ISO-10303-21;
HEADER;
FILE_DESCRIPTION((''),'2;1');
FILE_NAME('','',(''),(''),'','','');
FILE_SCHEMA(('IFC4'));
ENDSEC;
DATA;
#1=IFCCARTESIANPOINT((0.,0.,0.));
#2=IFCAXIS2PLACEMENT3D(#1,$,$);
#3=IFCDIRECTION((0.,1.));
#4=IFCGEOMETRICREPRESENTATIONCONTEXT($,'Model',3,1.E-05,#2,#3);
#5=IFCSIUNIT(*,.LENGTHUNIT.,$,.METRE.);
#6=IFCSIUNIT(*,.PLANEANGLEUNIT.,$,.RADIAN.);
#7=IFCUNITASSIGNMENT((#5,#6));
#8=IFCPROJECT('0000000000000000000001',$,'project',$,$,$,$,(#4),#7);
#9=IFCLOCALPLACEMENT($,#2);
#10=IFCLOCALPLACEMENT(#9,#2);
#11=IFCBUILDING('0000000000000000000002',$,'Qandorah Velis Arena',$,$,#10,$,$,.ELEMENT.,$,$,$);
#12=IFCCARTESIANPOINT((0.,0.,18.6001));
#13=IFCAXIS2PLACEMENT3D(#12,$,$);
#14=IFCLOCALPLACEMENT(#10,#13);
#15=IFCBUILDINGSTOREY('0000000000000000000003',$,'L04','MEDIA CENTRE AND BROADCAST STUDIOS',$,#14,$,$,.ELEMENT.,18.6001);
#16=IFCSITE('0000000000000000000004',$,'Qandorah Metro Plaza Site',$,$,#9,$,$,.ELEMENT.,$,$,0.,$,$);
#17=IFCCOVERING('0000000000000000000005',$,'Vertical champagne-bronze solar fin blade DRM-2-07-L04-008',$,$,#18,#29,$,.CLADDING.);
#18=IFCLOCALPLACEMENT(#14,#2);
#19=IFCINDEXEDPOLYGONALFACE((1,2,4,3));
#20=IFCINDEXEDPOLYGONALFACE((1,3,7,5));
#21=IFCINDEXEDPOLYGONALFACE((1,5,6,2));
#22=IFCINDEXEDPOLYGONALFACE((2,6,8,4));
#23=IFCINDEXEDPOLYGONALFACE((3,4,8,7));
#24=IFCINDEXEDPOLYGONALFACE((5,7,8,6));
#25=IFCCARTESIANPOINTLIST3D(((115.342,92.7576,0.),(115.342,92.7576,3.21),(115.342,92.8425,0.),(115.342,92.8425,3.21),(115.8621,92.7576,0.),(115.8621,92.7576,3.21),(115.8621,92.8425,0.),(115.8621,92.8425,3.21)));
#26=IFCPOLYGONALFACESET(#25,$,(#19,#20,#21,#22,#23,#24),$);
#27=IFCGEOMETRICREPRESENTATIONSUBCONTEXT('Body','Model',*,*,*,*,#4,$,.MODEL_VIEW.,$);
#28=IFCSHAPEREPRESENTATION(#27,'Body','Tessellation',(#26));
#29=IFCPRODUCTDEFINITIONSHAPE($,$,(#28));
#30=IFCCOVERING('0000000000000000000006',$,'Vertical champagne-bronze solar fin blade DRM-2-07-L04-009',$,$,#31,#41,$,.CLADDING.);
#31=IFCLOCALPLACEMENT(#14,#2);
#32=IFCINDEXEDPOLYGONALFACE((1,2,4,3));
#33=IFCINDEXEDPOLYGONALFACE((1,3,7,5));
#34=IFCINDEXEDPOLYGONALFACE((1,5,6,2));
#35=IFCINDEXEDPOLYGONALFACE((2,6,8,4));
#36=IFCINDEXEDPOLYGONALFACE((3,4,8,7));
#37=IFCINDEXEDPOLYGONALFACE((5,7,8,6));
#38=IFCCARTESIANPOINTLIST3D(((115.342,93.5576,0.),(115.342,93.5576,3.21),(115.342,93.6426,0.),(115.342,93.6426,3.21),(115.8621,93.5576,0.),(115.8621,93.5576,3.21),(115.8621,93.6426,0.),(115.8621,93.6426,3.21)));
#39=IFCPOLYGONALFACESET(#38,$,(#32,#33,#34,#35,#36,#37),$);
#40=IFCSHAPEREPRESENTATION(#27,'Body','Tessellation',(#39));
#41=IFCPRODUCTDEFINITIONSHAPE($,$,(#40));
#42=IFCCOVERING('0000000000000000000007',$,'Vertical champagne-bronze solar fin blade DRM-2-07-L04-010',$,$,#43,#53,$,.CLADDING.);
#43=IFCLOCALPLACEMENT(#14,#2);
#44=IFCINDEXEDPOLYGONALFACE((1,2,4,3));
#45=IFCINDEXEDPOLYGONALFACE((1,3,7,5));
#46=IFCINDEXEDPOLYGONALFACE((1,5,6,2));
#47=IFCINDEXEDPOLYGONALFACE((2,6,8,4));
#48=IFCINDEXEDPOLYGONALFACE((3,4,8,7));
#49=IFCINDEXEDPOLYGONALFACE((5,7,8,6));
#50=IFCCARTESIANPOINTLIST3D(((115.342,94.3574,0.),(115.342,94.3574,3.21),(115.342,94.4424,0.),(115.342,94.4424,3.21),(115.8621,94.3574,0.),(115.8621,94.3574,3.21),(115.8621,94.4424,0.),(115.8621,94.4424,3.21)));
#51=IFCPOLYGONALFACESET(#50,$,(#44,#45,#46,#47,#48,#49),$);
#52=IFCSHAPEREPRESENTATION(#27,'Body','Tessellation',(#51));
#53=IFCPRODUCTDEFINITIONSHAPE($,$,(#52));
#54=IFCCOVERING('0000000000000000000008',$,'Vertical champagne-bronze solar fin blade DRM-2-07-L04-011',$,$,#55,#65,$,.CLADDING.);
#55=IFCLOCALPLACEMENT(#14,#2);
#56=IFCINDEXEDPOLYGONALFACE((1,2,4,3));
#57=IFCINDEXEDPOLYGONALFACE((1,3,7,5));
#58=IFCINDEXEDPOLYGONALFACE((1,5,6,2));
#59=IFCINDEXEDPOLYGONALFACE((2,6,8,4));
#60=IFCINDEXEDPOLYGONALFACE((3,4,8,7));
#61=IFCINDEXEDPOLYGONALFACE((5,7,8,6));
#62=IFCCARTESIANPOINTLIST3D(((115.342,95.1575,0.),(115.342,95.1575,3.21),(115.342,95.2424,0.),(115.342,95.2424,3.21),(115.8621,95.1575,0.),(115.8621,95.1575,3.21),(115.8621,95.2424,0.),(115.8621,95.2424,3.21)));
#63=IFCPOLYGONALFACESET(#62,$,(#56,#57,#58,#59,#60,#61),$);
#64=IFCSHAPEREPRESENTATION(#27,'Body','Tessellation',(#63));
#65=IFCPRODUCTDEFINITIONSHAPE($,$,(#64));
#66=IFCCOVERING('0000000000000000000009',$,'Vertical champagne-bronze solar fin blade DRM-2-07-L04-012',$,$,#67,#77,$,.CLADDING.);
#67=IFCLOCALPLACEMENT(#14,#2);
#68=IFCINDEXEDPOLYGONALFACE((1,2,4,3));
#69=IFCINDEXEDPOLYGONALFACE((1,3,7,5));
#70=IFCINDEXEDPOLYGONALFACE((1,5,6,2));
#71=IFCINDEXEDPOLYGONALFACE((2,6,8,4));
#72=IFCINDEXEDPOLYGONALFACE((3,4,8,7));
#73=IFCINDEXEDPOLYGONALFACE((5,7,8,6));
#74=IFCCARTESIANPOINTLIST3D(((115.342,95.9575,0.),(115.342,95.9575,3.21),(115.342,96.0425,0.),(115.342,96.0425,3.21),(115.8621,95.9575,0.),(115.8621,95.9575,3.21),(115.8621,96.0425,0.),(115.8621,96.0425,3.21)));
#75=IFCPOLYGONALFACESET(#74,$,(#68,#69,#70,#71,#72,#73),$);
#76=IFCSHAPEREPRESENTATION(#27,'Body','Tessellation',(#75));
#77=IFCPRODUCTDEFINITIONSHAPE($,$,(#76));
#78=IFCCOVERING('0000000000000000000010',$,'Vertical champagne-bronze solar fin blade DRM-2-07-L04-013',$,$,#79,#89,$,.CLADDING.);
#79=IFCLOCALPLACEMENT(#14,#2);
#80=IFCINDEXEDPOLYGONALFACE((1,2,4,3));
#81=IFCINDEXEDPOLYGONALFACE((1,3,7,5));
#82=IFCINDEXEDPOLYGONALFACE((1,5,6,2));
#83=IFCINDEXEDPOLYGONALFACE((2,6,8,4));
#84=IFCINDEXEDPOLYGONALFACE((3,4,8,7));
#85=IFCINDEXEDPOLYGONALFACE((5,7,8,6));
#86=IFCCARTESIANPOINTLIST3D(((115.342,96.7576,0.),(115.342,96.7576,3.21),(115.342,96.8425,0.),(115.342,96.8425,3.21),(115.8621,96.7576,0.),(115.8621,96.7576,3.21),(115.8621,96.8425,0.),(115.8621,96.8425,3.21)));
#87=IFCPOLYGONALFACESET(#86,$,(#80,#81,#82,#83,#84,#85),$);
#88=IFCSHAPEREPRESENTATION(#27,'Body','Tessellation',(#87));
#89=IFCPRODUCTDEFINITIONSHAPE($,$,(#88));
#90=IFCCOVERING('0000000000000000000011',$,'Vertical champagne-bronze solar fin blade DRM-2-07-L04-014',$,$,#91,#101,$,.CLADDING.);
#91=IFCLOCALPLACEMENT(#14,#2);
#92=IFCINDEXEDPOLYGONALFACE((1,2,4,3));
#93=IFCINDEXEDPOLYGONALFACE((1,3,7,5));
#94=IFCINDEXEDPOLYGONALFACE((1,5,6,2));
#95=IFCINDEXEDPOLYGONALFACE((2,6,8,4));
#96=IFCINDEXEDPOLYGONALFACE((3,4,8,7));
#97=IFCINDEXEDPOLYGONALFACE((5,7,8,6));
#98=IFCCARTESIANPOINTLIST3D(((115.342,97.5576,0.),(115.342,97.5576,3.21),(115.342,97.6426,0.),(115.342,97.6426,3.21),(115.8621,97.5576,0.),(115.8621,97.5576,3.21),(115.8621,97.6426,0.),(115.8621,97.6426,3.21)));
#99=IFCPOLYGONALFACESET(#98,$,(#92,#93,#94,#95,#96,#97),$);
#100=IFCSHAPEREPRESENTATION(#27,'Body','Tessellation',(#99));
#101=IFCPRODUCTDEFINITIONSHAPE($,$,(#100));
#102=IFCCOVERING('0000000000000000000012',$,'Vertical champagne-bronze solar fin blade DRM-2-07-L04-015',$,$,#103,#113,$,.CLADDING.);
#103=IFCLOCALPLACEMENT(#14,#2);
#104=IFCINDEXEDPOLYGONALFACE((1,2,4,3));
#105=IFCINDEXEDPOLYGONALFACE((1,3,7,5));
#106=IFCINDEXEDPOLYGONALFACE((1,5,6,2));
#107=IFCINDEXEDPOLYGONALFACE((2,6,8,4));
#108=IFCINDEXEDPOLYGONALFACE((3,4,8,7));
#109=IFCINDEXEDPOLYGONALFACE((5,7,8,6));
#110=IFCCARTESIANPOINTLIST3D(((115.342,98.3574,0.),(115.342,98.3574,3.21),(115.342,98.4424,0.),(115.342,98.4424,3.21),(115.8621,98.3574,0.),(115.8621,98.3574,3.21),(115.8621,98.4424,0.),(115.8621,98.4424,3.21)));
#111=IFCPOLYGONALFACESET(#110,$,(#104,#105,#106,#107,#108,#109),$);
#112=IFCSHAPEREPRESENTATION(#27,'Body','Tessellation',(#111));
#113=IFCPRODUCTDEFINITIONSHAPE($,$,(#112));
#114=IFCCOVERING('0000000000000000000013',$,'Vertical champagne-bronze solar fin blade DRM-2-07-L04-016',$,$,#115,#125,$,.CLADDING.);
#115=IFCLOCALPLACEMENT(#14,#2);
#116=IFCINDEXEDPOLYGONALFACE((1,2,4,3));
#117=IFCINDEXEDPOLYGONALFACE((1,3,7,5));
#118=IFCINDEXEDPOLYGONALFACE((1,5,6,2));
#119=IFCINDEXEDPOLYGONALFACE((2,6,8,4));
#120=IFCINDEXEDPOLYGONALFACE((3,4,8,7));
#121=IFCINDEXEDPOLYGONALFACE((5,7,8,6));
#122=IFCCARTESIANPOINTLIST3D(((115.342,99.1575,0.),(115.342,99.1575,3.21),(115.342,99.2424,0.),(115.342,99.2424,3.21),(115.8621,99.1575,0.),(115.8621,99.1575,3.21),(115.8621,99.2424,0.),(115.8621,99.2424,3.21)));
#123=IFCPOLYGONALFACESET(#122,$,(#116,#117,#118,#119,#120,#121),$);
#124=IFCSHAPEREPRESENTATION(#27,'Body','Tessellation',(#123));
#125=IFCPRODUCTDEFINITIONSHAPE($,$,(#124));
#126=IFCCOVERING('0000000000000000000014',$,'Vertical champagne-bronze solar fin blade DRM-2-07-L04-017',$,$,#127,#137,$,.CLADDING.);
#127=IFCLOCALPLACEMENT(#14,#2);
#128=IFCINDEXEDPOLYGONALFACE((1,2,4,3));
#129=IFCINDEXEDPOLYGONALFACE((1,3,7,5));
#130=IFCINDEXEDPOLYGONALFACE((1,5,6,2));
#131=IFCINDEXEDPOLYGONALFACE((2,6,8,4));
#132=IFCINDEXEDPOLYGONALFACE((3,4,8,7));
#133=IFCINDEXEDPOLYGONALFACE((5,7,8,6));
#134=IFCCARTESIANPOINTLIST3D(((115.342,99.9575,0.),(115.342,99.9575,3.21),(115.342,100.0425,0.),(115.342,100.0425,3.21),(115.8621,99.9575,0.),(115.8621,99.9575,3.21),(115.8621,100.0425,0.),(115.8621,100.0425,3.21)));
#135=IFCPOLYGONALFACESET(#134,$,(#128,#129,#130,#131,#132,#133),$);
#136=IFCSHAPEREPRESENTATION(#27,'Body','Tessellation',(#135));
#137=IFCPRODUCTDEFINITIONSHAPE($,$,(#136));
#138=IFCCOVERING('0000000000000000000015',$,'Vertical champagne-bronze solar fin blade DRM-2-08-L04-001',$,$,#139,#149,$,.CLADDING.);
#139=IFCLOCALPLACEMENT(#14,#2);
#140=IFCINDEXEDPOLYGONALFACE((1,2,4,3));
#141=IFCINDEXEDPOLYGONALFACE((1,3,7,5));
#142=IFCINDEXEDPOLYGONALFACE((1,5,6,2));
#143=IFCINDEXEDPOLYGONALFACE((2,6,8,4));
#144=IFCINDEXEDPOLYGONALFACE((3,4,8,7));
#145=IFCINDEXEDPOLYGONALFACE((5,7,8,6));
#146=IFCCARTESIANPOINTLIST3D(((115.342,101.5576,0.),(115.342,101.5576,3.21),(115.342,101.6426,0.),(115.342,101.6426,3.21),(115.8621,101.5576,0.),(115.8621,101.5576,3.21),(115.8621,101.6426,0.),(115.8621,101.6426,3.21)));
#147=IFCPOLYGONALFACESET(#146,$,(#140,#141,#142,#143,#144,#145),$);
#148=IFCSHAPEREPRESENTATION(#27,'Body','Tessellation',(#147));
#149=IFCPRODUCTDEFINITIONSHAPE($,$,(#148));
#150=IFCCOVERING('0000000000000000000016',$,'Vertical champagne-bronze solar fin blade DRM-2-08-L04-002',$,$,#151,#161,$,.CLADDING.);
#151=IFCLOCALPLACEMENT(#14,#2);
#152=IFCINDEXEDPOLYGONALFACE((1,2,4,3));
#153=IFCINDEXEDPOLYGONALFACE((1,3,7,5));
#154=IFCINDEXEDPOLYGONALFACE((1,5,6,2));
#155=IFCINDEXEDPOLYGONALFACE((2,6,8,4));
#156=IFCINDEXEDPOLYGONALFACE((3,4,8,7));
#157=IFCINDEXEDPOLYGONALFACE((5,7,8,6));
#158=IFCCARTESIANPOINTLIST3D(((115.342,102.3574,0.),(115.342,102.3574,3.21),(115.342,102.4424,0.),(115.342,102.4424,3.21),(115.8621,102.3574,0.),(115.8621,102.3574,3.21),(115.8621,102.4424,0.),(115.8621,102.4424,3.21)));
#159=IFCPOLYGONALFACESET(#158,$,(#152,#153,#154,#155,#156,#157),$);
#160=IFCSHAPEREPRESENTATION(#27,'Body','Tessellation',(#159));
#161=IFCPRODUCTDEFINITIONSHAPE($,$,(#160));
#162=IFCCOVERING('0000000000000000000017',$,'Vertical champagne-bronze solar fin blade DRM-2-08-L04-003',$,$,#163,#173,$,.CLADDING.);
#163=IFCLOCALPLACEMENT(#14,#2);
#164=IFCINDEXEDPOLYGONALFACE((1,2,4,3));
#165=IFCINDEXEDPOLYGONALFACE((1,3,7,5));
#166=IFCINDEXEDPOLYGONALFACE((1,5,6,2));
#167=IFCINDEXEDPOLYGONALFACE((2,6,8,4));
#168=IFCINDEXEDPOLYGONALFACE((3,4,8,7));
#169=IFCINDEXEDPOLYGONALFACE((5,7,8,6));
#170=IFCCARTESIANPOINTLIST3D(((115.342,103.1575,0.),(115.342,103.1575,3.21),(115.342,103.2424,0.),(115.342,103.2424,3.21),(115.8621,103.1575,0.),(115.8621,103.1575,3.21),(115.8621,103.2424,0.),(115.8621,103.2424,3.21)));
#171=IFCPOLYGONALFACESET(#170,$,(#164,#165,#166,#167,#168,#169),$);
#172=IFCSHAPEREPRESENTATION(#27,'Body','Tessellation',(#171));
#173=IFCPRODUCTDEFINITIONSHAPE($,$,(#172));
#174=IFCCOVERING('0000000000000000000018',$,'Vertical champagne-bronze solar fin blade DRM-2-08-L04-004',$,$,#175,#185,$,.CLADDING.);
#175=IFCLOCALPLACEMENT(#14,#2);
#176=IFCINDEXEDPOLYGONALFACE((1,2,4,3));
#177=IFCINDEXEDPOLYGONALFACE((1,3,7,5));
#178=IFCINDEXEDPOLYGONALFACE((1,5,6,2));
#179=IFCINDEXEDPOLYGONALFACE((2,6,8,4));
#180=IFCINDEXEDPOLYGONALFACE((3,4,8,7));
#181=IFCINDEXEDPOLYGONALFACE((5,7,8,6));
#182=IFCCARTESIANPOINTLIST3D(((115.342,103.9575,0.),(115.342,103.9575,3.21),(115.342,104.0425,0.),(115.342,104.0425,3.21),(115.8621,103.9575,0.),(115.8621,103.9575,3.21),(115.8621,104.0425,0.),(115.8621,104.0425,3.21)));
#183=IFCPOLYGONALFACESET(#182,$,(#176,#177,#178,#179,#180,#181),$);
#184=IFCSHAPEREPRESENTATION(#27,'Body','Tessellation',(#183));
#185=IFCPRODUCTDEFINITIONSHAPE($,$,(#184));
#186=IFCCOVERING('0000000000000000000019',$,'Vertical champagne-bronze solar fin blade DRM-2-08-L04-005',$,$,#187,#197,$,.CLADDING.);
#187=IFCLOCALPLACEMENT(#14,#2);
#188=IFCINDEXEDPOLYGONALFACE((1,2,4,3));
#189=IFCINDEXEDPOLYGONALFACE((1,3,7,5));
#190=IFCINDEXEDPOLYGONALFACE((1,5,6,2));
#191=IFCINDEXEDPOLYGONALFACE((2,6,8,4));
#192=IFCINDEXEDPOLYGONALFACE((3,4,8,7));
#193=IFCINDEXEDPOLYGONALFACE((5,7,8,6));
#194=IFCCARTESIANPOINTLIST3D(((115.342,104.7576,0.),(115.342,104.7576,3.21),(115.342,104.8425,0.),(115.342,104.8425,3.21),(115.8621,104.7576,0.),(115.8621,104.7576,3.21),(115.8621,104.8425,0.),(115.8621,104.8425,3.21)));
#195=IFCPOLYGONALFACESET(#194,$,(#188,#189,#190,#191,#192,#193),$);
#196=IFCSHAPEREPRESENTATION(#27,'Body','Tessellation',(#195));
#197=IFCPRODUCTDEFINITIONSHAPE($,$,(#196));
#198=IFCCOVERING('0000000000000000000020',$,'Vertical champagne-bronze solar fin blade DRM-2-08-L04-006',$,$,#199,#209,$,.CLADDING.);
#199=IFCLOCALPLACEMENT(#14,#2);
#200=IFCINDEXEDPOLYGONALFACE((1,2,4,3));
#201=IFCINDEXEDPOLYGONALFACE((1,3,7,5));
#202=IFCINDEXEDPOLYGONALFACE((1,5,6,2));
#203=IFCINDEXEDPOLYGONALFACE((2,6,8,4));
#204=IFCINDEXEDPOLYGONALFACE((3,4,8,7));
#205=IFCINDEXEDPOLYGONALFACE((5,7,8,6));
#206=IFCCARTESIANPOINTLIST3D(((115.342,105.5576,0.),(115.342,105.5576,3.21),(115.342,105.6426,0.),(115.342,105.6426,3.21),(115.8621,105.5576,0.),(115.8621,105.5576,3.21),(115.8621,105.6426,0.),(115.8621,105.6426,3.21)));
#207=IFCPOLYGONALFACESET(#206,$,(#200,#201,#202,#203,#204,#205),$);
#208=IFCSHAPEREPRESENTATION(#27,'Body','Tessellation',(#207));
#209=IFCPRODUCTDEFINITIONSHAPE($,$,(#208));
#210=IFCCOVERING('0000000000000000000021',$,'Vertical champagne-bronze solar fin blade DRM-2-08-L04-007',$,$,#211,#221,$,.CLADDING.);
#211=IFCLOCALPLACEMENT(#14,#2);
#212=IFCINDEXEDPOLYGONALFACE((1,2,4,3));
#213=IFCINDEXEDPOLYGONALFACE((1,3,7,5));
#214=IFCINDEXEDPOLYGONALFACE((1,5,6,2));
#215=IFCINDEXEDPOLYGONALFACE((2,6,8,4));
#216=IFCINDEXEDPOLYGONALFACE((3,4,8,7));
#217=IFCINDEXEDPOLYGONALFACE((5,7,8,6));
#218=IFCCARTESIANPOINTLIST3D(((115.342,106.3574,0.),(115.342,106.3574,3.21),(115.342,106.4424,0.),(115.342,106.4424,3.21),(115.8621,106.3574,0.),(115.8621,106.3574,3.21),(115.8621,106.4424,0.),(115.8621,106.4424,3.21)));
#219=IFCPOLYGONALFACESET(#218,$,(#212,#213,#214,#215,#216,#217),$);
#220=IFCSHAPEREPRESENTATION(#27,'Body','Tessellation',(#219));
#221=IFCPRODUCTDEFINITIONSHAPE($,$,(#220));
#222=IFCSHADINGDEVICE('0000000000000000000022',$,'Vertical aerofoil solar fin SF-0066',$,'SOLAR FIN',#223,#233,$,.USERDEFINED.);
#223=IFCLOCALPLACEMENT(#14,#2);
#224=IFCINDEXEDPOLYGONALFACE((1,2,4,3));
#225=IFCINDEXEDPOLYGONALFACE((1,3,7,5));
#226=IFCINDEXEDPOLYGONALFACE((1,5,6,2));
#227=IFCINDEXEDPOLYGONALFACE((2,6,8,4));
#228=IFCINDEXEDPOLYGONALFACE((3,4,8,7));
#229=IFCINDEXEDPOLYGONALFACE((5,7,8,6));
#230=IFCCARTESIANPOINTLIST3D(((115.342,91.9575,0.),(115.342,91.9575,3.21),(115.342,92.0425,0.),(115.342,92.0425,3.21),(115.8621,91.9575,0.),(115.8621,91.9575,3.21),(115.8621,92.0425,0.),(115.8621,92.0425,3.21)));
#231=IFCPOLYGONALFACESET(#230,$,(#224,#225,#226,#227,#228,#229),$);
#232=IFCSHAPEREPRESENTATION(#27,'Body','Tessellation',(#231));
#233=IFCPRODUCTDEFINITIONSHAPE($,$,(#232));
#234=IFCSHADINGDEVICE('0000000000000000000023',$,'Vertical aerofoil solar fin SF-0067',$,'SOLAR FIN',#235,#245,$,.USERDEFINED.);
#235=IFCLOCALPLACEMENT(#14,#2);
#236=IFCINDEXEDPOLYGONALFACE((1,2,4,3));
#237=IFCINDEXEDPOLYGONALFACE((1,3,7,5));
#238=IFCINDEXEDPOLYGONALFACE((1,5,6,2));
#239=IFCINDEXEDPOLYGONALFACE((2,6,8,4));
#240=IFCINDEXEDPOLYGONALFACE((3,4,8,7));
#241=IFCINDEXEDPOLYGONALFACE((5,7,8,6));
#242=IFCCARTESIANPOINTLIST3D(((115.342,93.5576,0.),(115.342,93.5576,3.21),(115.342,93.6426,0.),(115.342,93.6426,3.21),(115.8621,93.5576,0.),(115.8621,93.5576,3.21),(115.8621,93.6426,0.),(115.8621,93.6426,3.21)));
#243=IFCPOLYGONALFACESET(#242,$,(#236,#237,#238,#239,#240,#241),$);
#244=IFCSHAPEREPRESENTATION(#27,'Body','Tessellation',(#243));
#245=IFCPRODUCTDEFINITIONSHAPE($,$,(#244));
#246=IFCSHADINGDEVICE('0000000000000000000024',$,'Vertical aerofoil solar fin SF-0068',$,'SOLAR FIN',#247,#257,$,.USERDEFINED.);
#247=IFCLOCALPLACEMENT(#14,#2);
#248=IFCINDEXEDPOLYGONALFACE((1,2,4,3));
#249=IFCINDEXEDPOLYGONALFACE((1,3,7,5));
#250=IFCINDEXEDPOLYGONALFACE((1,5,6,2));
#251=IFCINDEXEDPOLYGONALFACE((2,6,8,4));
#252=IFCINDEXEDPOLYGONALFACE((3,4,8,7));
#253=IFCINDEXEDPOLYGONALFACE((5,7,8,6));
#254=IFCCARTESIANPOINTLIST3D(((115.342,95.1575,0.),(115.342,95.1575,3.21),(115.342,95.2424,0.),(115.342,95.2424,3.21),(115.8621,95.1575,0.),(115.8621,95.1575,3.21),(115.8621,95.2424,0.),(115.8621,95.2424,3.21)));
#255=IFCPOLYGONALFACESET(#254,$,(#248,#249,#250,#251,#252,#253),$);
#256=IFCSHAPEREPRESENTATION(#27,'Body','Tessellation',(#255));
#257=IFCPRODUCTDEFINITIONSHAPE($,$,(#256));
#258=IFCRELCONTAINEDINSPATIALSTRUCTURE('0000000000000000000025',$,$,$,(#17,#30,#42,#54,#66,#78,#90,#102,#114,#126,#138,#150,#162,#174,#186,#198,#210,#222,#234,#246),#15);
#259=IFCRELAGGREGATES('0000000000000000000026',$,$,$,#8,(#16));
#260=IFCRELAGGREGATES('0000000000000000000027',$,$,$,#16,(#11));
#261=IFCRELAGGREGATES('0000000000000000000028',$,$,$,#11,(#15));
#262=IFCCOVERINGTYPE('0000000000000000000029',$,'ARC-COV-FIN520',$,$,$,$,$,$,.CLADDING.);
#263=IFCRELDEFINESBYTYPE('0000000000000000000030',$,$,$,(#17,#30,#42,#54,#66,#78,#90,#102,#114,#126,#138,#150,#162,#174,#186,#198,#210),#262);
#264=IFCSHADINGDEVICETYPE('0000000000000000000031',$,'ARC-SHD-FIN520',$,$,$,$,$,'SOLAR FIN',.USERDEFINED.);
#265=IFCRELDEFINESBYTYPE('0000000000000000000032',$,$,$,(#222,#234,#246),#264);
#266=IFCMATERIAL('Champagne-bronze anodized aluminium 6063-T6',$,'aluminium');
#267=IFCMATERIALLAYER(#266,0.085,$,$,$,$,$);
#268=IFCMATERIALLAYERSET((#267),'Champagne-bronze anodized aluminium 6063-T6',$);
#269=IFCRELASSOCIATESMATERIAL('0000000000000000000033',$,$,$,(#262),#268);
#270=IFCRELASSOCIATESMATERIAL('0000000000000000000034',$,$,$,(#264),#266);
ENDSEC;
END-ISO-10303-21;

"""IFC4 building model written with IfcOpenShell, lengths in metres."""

from ifc_helpers import new_model, si_unit, direction, frame, origin, origin_2d, place, context, subcontext, project, spatial, rectangle, extrude, material, layer, layer_set, type_object, element, save


model = new_model("IFC4")

# Units and contexts
model_context = context("Model", 3, precision=1e-05, world=origin(), true_north=direction((0.0, 1.0)))
body_context = subcontext(model_context, "Body", "Model", "MODEL_VIEW")
ifc_project = project(units=[si_unit("LENGTHUNIT", "METRE"), si_unit("PLANEANGLEUNIT", "RADIAN")], contexts=[model_context])

# Site, building, storey
site_placement = place(None, origin())
site = spatial("IfcSite", under=ifc_project, at=site_placement, Name="Qandorah Metro Plaza Site", CompositionType="ELEMENT", RefElevation=0.0)
building_placement = place(site_placement, origin())
building = spatial("IfcBuilding", under=site, at=building_placement, Name="Qandorah Velis Arena", CompositionType="ELEMENT")
storey_placement = place(building_placement, frame((0.0, 0.0, 18.6001)))
storey = spatial("IfcBuildingStorey", under=building, at=storey_placement, Name="L04", Description="MEDIA CENTRE AND BROADCAST STUDIOS", CompositionType="ELEMENT", Elevation=18.6001)

# Coverings
ifc_material = material(Name="Champagne-bronze anodized aluminium 6063-T6", Category="aluminium")
ifc_layer = layer(ifc_material, 0.085)
ifc_layer_set = layer_set([ifc_layer], Name="Champagne-bronze anodized aluminium 6063-T6")
covering_type = type_object("IfcCoveringType", Name="ARC-COV-FIN520", PredefinedType="CLADDING", material=ifc_layer_set)
for number, where, z_axis, x_axis, name in (
    (1, (115.6021, 92.8, 0.0), (0.0, 0.0, 1.0), (1.0, 0.0, 0.0), "Vertical champagne-bronze solar fin blade DRM-2-07-L04-008"),
    (2, (115.6021, 93.6001, 0.0), (0.0, 0.0, 1.0), (1.0, 0.0, 0.0), "Vertical champagne-bronze solar fin blade DRM-2-07-L04-009"),
    (3, (115.6021, 94.3999, 0.0), (0.0, 0.0, 1.0), (1.0, 0.0, 0.0), "Vertical champagne-bronze solar fin blade DRM-2-07-L04-010"),
    (4, (115.6021, 95.2, 0.0), (0.0, 0.0, 1.0), (1.0, 0.0, 0.0), "Vertical champagne-bronze solar fin blade DRM-2-07-L04-011"),
    (5, (115.6021, 96.0, 0.0), (0.0, 0.0, 1.0), (1.0, 0.0, 0.0), "Vertical champagne-bronze solar fin blade DRM-2-07-L04-012"),
    (6, (115.6021, 96.8, 0.0), (0.0, 0.0, 1.0), (1.0, 0.0, 0.0), "Vertical champagne-bronze solar fin blade DRM-2-07-L04-013"),
    (7, (115.6021, 97.6001, 0.0), (0.0, 0.0, 1.0), (1.0, 0.0, 0.0), "Vertical champagne-bronze solar fin blade DRM-2-07-L04-014"),
    (8, (115.6021, 98.3999, 0.0), (0.0, 0.0, 1.0), (1.0, 0.0, 0.0), "Vertical champagne-bronze solar fin blade DRM-2-07-L04-015"),
    (9, (115.6021, 99.2, 0.0), (0.0, 0.0, 1.0), (1.0, 0.0, 0.0), "Vertical champagne-bronze solar fin blade DRM-2-07-L04-016"),
    (10, (115.6021, 100.0, 0.0), (0.0, 0.0, 1.0), (1.0, 0.0, 0.0), "Vertical champagne-bronze solar fin blade DRM-2-07-L04-017"),
    (11, (115.6021, 101.6001, 0.0), (0.0, 0.0, 1.0), (1.0, 0.0, 0.0), "Vertical champagne-bronze solar fin blade DRM-2-08-L04-001"),
    (12, (115.6021, 102.3999, 0.0), (0.0, 0.0, 1.0), (1.0, 0.0, 0.0), "Vertical champagne-bronze solar fin blade DRM-2-08-L04-002"),
    (13, (115.6021, 103.2, 0.0), (0.0, 0.0, 1.0), (1.0, 0.0, 0.0), "Vertical champagne-bronze solar fin blade DRM-2-08-L04-003"),
    (14, (115.6021, 104.0, 0.0), (0.0, 0.0, 1.0), (1.0, 0.0, 0.0), "Vertical champagne-bronze solar fin blade DRM-2-08-L04-004"),
    (15, (115.6021, 104.8, 0.0), (0.0, 0.0, 1.0), (1.0, 0.0, 0.0), "Vertical champagne-bronze solar fin blade DRM-2-08-L04-005"),
    (16, (115.6021, 105.6001, 0.0), (0.0, 0.0, 1.0), (1.0, 0.0, 0.0), "Vertical champagne-bronze solar fin blade DRM-2-08-L04-006"),
    (17, (115.6021, 106.3999, 0.0), (0.0, 0.0, 1.0), (1.0, 0.0, 0.0), "Vertical champagne-bronze solar fin blade DRM-2-08-L04-007"),
):
    element("IfcCovering", number, at=place(storey_placement, frame(where, z_axis=z_axis, x_axis=x_axis)), inside=storey, type_object=covering_type, Name=name, PredefinedType="CLADDING", context=body_context, shape_type="SweptSolid", body=[
        extrude(rectangle(XDim=0.52, YDim=0.085, at=origin_2d()), origin(), (0.0, 0.0, 1.0), 3.21),
    ])

# Shading devices
shading_device_type = type_object("IfcShadingDeviceType", Name="ARC-SHD-FIN520", ElementType="SOLAR FIN", PredefinedType="USERDEFINED", material=ifc_material)
for number, where, z_axis, x_axis, name in (
    (18, (115.6021, 92.0, 0.0), (0.0, 0.0, 1.0), (1.0, 0.0, 0.0), "Vertical aerofoil solar fin SF-0066"),
    (19, (115.6021, 93.6001, 0.0), (0.0, 0.0, 1.0), (1.0, 0.0, 0.0), "Vertical aerofoil solar fin SF-0067"),
    (20, (115.6021, 95.2, 0.0), (0.0, 0.0, 1.0), (1.0, 0.0, 0.0), "Vertical aerofoil solar fin SF-0068"),
):
    element("IfcShadingDevice", number, at=place(storey_placement, frame(where, z_axis=z_axis, x_axis=x_axis)), inside=storey, type_object=shading_device_type, Name=name, ObjectType="SOLAR FIN", PredefinedType="USERDEFINED", context=body_context, shape_type="SweptSolid", body=[
        extrude(rectangle(XDim=0.52, YDim=0.085, at=origin_2d()), origin(), (0.0, 0.0, 1.0), 3.21),
    ])

save(model, "model.ifc")
